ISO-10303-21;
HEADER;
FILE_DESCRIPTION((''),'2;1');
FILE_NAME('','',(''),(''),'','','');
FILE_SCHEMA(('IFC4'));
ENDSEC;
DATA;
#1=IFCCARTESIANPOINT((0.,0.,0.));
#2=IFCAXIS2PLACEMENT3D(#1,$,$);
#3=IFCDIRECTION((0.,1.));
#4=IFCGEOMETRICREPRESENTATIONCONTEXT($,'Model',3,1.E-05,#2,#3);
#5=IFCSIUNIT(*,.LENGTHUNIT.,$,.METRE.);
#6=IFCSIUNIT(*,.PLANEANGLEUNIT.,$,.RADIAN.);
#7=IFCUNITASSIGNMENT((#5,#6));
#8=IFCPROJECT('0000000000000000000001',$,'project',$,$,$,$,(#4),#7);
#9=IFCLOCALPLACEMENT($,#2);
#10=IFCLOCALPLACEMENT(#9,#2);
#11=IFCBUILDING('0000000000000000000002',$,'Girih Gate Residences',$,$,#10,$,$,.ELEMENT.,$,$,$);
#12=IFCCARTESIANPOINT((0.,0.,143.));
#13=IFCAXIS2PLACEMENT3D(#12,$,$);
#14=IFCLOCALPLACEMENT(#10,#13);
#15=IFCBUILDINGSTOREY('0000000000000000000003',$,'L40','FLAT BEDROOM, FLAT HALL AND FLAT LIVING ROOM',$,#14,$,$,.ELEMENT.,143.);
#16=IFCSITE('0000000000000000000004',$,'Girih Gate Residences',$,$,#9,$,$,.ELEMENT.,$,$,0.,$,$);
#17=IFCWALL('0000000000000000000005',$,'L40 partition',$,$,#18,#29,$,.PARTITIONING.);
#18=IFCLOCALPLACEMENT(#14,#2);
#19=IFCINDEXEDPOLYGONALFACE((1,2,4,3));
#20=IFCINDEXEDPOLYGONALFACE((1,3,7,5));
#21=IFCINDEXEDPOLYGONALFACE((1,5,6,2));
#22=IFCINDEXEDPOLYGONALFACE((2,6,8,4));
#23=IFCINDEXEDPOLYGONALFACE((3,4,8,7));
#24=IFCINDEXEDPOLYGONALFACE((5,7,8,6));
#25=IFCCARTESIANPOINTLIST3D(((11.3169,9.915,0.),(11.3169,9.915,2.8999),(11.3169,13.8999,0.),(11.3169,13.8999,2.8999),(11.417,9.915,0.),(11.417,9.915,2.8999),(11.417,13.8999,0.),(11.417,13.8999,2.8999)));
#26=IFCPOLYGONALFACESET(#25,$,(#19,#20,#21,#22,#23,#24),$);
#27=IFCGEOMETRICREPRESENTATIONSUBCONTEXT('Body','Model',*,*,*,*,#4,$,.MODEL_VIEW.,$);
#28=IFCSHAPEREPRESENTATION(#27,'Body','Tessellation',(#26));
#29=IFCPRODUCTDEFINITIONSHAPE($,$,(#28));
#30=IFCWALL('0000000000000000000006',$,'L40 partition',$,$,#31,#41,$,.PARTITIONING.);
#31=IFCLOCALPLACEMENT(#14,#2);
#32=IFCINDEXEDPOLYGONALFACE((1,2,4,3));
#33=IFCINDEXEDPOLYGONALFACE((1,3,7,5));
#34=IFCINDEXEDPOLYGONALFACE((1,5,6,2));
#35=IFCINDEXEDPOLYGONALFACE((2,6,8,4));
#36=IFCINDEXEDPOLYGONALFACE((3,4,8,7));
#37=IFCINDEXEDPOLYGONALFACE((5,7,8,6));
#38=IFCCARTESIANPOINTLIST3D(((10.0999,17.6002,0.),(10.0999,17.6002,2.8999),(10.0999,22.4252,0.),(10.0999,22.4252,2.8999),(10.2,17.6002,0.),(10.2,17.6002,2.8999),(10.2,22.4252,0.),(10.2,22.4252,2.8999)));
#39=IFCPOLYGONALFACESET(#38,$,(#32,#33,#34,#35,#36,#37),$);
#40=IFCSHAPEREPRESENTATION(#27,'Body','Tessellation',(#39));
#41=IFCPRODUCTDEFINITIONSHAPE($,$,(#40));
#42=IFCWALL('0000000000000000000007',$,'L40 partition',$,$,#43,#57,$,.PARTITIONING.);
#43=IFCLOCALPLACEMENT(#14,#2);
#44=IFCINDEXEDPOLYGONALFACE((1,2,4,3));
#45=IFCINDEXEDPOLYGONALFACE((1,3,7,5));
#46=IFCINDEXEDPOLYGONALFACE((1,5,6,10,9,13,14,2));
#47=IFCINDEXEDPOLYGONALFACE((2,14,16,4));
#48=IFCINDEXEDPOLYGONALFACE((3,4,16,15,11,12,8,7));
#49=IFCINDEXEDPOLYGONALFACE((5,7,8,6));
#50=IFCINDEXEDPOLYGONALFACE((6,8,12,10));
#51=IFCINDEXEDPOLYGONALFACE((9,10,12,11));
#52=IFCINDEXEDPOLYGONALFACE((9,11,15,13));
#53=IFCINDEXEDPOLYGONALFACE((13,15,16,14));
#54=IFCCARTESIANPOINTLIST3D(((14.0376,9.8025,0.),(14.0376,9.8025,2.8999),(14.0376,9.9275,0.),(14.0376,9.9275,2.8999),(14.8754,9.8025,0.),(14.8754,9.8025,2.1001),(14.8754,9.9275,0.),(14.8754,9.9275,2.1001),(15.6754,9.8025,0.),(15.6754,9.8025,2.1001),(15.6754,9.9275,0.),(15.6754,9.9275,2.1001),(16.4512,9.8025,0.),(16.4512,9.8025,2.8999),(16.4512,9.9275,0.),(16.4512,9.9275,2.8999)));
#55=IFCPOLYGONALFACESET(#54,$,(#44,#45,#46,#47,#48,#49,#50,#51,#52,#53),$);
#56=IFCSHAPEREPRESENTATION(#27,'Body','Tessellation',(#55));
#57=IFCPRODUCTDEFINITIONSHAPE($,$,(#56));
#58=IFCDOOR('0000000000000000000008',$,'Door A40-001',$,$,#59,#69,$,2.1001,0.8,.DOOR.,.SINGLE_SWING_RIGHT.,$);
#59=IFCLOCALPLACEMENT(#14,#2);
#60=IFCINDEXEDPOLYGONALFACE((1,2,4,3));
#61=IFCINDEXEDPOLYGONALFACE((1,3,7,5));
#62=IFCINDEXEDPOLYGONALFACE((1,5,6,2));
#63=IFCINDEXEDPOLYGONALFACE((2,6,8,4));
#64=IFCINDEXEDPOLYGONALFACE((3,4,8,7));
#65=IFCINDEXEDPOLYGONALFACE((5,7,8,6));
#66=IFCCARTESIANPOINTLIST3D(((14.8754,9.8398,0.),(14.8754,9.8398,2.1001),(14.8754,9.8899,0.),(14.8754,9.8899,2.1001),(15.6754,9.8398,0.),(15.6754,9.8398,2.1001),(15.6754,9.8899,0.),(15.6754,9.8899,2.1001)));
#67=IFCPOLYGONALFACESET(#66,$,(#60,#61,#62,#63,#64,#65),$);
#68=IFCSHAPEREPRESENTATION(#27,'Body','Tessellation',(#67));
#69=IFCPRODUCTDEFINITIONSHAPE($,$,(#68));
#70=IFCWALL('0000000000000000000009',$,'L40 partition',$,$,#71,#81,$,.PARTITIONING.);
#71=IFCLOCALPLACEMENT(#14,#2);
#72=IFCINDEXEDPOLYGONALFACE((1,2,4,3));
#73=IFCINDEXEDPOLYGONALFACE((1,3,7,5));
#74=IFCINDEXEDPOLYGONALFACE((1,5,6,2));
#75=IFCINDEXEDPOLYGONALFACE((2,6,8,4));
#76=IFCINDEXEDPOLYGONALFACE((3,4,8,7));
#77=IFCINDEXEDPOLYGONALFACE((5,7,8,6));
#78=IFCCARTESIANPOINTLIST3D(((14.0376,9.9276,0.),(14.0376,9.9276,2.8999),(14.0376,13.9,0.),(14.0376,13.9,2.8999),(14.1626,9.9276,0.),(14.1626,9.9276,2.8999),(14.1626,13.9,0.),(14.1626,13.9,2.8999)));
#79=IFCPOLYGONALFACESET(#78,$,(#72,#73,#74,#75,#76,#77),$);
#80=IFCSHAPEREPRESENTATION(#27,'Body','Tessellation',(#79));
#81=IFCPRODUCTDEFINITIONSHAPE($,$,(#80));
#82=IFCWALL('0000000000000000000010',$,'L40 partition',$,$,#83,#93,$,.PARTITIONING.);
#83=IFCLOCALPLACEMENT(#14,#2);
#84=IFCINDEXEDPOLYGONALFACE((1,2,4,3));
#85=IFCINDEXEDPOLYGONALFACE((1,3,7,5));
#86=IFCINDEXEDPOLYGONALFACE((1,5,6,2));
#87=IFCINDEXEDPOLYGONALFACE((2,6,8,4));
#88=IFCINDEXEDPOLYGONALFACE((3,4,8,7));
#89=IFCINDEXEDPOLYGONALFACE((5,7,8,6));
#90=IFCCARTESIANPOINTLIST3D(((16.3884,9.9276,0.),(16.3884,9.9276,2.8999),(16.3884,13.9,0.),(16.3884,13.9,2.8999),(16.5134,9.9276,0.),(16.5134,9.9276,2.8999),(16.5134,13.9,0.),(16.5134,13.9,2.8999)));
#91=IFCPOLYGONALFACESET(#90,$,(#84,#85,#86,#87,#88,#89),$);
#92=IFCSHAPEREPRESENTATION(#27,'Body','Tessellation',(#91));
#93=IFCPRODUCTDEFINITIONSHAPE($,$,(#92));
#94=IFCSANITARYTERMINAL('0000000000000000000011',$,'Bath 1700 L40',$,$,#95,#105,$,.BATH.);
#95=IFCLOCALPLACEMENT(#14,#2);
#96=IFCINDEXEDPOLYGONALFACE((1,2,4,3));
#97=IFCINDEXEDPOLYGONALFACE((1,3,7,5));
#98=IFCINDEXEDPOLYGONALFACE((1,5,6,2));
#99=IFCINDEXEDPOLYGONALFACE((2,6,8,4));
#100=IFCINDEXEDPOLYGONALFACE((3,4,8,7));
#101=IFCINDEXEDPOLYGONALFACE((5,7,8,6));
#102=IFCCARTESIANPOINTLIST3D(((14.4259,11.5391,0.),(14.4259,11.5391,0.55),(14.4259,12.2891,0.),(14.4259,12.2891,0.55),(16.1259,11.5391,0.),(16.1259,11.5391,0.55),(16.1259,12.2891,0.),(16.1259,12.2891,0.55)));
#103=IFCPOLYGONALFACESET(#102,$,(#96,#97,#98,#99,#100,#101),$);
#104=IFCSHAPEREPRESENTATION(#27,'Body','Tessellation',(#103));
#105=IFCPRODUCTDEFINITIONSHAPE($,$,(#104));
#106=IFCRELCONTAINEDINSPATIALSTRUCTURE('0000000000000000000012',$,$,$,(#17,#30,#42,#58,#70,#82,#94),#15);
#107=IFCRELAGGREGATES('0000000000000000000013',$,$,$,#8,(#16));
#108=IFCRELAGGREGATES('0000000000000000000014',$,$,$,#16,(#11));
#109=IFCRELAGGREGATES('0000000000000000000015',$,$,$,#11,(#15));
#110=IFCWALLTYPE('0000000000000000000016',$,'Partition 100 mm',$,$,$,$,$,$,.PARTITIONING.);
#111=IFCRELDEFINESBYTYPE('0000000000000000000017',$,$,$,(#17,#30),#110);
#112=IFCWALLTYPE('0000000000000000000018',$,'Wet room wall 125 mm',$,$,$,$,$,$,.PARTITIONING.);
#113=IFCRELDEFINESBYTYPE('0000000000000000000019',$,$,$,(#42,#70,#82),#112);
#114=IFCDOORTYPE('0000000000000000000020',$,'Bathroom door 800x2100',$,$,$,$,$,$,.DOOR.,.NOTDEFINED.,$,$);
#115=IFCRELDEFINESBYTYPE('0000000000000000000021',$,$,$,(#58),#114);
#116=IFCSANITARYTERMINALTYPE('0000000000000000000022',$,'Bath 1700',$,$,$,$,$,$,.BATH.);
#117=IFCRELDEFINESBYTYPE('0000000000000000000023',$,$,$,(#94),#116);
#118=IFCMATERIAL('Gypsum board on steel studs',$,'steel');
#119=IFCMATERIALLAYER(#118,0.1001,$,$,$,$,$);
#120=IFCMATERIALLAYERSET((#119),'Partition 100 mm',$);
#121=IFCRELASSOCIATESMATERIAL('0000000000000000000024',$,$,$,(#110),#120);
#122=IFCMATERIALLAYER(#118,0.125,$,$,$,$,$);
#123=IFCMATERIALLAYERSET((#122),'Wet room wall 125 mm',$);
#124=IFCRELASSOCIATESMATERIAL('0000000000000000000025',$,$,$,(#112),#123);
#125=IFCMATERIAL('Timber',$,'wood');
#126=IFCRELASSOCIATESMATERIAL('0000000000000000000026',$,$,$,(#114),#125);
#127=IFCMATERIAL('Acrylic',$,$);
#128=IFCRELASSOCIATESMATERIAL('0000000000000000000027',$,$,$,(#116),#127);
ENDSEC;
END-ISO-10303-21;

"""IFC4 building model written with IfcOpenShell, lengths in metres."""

from ifc_helpers import new_model, si_unit, direction, frame, frame_2d, origin, origin_2d, place, context, subcontext, project, spatial, rectangle, extrude, material, layer, layer_set, type_object, element, fill, save


model = new_model("IFC4")

# Units and contexts
model_context = context("Model", 3, precision=1e-05, world=origin(), true_north=direction((0.0, 1.0)))
body_context = subcontext(model_context, "Body", "Model", "MODEL_VIEW")
ifc_project = project(units=[si_unit("LENGTHUNIT", "METRE"), si_unit("PLANEANGLEUNIT", "RADIAN")], contexts=[model_context])

# Site, building, storey
site_placement = place(None, origin())
site = spatial("IfcSite", under=ifc_project, at=site_placement, Name="Girih Gate Residences", CompositionType="ELEMENT", RefElevation=0.0)
building_placement = place(site_placement, origin())
building = spatial("IfcBuilding", under=site, at=building_placement, Name="Girih Gate Residences", CompositionType="ELEMENT")
storey_placement = place(building_placement, frame((0.0, 0.0, 143.0)))
storey = spatial("IfcBuildingStorey", under=building, at=storey_placement, Name="L40", Description="FLAT BEDROOM, FLAT HALL AND FLAT LIVING ROOM", CompositionType="ELEMENT", Elevation=143.0)

# Shared definitions
ifc_material_1 = material(Name="Gypsum board on steel studs", Category="steel")

# Shared definitions
ifc_material_2 = material(Name="Timber", Category="wood")

# Shared definitions
ifc_layer_1 = layer(ifc_material_1, 0.1001)
ifc_layer_set_1 = layer_set([ifc_layer_1], Name="Partition 100 mm")
wall_type_1 = type_object("IfcWallType", Name="Partition 100 mm", PredefinedType="PARTITIONING", material=ifc_layer_set_1)

# Walls
for number, where, z_axis, x_axis, name in (
    (1, (11.3669, 9.915, 0.0), (0.0, 0.0, 1.0), (0.0, 1.0, 0.0), "L40 partition"),
):
    element("IfcWall", number, at=place(storey_placement, frame(where, z_axis=z_axis, x_axis=x_axis)), inside=storey, type_object=wall_type_1, Name=name, PredefinedType="PARTITIONING", context=body_context, shape_type="SweptSolid", body=[
        extrude(rectangle(XDim=3.9849, YDim=0.1001, at=frame_2d((1.9924, 0.0))), origin(), (0.0, 0.0, 1.0), 2.8999),
    ])
wall_1_placement = place(storey_placement, frame((10.1499, 17.6001, 0.0), z_axis=(0.0, 0.0, 1.0), x_axis=(0.0, 1.0, 0.0)))
element("IfcWall", 2, at=wall_1_placement, inside=storey, type_object=wall_type_1, Name="L40 partition", PredefinedType="PARTITIONING", context=body_context, shape_type="SweptSolid", body=[
    extrude(rectangle(XDim=4.825, YDim=0.1001, at=frame_2d((2.4126, 0.0))), origin(), (0.0, 0.0, 1.0), 2.8999),
])

# Wall, opening, door
ifc_layer_2 = layer(ifc_material_1, 0.125)
ifc_layer_set_2 = layer_set([ifc_layer_2], Name="Wet room wall 125 mm")
wall_type_2 = type_object("IfcWallType", Name="Wet room wall 125 mm", PredefinedType="PARTITIONING", material=ifc_layer_set_2)
wall_2_placement = place(storey_placement, frame((14.0376, 9.865, 0.0), z_axis=(0.0, 0.0, 1.0), x_axis=(1.0, 0.0, 0.0)))
wall_2 = element("IfcWall", 3, at=wall_2_placement, inside=storey, type_object=wall_type_2, Name="L40 partition", PredefinedType="PARTITIONING", context=body_context, shape_type="SweptSolid", body=[
    extrude(rectangle(XDim=2.4136, YDim=0.125, at=frame_2d((1.2068, 0.0))), origin(), (0.0, 0.0, 1.0), 2.8999),
])
opening_1_placement = place(wall_2_placement, frame((0.8379, 0.0, 0.0)))
opening_1 = element("IfcOpeningElement", 4, at=opening_1_placement, cuts=wall_2, PredefinedType="OPENING", context=body_context, shape_type="SweptSolid", body=[
    extrude(rectangle(XDim=0.8, YDim=2.1001, at=frame_2d((0.3999, 1.05))), frame((0.0, 0.0725, 0.0), z_axis=(0.0, -1.0, 0.0), x_axis=(1.0, 0.0, 0.0)), (0.0, 0.0, 1.0), 0.145),
])
door_type_1 = type_object("IfcDoorType", Name="Bathroom door 800x2100", OperationType="NOTDEFINED", PredefinedType="DOOR", material=ifc_material_2)
door_1_placement = place(opening_1_placement, origin())
door_1 = element("IfcDoor", 5, at=door_1_placement, inside=storey, type_object=door_type_1, Name="Door A40-001", OperationType="SINGLE_SWING_RIGHT", OverallHeight=2.1001, OverallWidth=0.8, PredefinedType="DOOR", context=body_context, shape_type="SweptSolid", body=[
    extrude(rectangle(XDim=0.8, YDim=2.1001, at=frame_2d((0.3999, 1.05))), frame((0.0, 0.0249, 0.0), z_axis=(0.0, -1.0, 0.0), x_axis=(1.0, 0.0, 0.0)), (0.0, 0.0, 1.0), 0.05),
])
fill(opening_1, door_1)

# Walls
for number, where, z_axis, x_axis, name in (
    (6, (14.1001, 9.9275, 0.0), (0.0, 0.0, 1.0), (0.0, 1.0, 0.0), "L40 partition"),
    (7, (16.4509, 9.9275, 0.0), (0.0, 0.0, 1.0), (0.0, 1.0, 0.0), "L40 partition"),
):
    element("IfcWall", number, at=place(storey_placement, frame(where, z_axis=z_axis, x_axis=x_axis)), inside=storey, type_object=wall_type_2, Name=name, PredefinedType="PARTITIONING", context=body_context, shape_type="SweptSolid", body=[
        extrude(rectangle(XDim=3.9724, YDim=0.125, at=frame_2d((1.9863, 0.0))), origin(), (0.0, 0.0, 1.0), 2.8999),
    ])

# Sanitary terminal
ifc_material_3 = material(Name="Acrylic")
sanitary_terminal_type = type_object("IfcSanitaryTerminalType", Name="Bath 1700", PredefinedType="BATH", material=ifc_material_3)
sanitary_terminal_placement = place(storey_placement, frame((15.2759, 11.9141, 0.0), z_axis=(0.0, 0.0, 1.0), x_axis=(1.0, 0.0, 0.0)))
element("IfcSanitaryTerminal", 8, at=sanitary_terminal_placement, inside=storey, type_object=sanitary_terminal_type, Name="Bath 1700 L40", PredefinedType="BATH", context=body_context, shape_type="SweptSolid", body=[
    extrude(rectangle(XDim=1.7, YDim=0.75, at=origin_2d()), origin(), (0.0, 0.0, 1.0), 0.55),
])

save(model, "model.ifc")
